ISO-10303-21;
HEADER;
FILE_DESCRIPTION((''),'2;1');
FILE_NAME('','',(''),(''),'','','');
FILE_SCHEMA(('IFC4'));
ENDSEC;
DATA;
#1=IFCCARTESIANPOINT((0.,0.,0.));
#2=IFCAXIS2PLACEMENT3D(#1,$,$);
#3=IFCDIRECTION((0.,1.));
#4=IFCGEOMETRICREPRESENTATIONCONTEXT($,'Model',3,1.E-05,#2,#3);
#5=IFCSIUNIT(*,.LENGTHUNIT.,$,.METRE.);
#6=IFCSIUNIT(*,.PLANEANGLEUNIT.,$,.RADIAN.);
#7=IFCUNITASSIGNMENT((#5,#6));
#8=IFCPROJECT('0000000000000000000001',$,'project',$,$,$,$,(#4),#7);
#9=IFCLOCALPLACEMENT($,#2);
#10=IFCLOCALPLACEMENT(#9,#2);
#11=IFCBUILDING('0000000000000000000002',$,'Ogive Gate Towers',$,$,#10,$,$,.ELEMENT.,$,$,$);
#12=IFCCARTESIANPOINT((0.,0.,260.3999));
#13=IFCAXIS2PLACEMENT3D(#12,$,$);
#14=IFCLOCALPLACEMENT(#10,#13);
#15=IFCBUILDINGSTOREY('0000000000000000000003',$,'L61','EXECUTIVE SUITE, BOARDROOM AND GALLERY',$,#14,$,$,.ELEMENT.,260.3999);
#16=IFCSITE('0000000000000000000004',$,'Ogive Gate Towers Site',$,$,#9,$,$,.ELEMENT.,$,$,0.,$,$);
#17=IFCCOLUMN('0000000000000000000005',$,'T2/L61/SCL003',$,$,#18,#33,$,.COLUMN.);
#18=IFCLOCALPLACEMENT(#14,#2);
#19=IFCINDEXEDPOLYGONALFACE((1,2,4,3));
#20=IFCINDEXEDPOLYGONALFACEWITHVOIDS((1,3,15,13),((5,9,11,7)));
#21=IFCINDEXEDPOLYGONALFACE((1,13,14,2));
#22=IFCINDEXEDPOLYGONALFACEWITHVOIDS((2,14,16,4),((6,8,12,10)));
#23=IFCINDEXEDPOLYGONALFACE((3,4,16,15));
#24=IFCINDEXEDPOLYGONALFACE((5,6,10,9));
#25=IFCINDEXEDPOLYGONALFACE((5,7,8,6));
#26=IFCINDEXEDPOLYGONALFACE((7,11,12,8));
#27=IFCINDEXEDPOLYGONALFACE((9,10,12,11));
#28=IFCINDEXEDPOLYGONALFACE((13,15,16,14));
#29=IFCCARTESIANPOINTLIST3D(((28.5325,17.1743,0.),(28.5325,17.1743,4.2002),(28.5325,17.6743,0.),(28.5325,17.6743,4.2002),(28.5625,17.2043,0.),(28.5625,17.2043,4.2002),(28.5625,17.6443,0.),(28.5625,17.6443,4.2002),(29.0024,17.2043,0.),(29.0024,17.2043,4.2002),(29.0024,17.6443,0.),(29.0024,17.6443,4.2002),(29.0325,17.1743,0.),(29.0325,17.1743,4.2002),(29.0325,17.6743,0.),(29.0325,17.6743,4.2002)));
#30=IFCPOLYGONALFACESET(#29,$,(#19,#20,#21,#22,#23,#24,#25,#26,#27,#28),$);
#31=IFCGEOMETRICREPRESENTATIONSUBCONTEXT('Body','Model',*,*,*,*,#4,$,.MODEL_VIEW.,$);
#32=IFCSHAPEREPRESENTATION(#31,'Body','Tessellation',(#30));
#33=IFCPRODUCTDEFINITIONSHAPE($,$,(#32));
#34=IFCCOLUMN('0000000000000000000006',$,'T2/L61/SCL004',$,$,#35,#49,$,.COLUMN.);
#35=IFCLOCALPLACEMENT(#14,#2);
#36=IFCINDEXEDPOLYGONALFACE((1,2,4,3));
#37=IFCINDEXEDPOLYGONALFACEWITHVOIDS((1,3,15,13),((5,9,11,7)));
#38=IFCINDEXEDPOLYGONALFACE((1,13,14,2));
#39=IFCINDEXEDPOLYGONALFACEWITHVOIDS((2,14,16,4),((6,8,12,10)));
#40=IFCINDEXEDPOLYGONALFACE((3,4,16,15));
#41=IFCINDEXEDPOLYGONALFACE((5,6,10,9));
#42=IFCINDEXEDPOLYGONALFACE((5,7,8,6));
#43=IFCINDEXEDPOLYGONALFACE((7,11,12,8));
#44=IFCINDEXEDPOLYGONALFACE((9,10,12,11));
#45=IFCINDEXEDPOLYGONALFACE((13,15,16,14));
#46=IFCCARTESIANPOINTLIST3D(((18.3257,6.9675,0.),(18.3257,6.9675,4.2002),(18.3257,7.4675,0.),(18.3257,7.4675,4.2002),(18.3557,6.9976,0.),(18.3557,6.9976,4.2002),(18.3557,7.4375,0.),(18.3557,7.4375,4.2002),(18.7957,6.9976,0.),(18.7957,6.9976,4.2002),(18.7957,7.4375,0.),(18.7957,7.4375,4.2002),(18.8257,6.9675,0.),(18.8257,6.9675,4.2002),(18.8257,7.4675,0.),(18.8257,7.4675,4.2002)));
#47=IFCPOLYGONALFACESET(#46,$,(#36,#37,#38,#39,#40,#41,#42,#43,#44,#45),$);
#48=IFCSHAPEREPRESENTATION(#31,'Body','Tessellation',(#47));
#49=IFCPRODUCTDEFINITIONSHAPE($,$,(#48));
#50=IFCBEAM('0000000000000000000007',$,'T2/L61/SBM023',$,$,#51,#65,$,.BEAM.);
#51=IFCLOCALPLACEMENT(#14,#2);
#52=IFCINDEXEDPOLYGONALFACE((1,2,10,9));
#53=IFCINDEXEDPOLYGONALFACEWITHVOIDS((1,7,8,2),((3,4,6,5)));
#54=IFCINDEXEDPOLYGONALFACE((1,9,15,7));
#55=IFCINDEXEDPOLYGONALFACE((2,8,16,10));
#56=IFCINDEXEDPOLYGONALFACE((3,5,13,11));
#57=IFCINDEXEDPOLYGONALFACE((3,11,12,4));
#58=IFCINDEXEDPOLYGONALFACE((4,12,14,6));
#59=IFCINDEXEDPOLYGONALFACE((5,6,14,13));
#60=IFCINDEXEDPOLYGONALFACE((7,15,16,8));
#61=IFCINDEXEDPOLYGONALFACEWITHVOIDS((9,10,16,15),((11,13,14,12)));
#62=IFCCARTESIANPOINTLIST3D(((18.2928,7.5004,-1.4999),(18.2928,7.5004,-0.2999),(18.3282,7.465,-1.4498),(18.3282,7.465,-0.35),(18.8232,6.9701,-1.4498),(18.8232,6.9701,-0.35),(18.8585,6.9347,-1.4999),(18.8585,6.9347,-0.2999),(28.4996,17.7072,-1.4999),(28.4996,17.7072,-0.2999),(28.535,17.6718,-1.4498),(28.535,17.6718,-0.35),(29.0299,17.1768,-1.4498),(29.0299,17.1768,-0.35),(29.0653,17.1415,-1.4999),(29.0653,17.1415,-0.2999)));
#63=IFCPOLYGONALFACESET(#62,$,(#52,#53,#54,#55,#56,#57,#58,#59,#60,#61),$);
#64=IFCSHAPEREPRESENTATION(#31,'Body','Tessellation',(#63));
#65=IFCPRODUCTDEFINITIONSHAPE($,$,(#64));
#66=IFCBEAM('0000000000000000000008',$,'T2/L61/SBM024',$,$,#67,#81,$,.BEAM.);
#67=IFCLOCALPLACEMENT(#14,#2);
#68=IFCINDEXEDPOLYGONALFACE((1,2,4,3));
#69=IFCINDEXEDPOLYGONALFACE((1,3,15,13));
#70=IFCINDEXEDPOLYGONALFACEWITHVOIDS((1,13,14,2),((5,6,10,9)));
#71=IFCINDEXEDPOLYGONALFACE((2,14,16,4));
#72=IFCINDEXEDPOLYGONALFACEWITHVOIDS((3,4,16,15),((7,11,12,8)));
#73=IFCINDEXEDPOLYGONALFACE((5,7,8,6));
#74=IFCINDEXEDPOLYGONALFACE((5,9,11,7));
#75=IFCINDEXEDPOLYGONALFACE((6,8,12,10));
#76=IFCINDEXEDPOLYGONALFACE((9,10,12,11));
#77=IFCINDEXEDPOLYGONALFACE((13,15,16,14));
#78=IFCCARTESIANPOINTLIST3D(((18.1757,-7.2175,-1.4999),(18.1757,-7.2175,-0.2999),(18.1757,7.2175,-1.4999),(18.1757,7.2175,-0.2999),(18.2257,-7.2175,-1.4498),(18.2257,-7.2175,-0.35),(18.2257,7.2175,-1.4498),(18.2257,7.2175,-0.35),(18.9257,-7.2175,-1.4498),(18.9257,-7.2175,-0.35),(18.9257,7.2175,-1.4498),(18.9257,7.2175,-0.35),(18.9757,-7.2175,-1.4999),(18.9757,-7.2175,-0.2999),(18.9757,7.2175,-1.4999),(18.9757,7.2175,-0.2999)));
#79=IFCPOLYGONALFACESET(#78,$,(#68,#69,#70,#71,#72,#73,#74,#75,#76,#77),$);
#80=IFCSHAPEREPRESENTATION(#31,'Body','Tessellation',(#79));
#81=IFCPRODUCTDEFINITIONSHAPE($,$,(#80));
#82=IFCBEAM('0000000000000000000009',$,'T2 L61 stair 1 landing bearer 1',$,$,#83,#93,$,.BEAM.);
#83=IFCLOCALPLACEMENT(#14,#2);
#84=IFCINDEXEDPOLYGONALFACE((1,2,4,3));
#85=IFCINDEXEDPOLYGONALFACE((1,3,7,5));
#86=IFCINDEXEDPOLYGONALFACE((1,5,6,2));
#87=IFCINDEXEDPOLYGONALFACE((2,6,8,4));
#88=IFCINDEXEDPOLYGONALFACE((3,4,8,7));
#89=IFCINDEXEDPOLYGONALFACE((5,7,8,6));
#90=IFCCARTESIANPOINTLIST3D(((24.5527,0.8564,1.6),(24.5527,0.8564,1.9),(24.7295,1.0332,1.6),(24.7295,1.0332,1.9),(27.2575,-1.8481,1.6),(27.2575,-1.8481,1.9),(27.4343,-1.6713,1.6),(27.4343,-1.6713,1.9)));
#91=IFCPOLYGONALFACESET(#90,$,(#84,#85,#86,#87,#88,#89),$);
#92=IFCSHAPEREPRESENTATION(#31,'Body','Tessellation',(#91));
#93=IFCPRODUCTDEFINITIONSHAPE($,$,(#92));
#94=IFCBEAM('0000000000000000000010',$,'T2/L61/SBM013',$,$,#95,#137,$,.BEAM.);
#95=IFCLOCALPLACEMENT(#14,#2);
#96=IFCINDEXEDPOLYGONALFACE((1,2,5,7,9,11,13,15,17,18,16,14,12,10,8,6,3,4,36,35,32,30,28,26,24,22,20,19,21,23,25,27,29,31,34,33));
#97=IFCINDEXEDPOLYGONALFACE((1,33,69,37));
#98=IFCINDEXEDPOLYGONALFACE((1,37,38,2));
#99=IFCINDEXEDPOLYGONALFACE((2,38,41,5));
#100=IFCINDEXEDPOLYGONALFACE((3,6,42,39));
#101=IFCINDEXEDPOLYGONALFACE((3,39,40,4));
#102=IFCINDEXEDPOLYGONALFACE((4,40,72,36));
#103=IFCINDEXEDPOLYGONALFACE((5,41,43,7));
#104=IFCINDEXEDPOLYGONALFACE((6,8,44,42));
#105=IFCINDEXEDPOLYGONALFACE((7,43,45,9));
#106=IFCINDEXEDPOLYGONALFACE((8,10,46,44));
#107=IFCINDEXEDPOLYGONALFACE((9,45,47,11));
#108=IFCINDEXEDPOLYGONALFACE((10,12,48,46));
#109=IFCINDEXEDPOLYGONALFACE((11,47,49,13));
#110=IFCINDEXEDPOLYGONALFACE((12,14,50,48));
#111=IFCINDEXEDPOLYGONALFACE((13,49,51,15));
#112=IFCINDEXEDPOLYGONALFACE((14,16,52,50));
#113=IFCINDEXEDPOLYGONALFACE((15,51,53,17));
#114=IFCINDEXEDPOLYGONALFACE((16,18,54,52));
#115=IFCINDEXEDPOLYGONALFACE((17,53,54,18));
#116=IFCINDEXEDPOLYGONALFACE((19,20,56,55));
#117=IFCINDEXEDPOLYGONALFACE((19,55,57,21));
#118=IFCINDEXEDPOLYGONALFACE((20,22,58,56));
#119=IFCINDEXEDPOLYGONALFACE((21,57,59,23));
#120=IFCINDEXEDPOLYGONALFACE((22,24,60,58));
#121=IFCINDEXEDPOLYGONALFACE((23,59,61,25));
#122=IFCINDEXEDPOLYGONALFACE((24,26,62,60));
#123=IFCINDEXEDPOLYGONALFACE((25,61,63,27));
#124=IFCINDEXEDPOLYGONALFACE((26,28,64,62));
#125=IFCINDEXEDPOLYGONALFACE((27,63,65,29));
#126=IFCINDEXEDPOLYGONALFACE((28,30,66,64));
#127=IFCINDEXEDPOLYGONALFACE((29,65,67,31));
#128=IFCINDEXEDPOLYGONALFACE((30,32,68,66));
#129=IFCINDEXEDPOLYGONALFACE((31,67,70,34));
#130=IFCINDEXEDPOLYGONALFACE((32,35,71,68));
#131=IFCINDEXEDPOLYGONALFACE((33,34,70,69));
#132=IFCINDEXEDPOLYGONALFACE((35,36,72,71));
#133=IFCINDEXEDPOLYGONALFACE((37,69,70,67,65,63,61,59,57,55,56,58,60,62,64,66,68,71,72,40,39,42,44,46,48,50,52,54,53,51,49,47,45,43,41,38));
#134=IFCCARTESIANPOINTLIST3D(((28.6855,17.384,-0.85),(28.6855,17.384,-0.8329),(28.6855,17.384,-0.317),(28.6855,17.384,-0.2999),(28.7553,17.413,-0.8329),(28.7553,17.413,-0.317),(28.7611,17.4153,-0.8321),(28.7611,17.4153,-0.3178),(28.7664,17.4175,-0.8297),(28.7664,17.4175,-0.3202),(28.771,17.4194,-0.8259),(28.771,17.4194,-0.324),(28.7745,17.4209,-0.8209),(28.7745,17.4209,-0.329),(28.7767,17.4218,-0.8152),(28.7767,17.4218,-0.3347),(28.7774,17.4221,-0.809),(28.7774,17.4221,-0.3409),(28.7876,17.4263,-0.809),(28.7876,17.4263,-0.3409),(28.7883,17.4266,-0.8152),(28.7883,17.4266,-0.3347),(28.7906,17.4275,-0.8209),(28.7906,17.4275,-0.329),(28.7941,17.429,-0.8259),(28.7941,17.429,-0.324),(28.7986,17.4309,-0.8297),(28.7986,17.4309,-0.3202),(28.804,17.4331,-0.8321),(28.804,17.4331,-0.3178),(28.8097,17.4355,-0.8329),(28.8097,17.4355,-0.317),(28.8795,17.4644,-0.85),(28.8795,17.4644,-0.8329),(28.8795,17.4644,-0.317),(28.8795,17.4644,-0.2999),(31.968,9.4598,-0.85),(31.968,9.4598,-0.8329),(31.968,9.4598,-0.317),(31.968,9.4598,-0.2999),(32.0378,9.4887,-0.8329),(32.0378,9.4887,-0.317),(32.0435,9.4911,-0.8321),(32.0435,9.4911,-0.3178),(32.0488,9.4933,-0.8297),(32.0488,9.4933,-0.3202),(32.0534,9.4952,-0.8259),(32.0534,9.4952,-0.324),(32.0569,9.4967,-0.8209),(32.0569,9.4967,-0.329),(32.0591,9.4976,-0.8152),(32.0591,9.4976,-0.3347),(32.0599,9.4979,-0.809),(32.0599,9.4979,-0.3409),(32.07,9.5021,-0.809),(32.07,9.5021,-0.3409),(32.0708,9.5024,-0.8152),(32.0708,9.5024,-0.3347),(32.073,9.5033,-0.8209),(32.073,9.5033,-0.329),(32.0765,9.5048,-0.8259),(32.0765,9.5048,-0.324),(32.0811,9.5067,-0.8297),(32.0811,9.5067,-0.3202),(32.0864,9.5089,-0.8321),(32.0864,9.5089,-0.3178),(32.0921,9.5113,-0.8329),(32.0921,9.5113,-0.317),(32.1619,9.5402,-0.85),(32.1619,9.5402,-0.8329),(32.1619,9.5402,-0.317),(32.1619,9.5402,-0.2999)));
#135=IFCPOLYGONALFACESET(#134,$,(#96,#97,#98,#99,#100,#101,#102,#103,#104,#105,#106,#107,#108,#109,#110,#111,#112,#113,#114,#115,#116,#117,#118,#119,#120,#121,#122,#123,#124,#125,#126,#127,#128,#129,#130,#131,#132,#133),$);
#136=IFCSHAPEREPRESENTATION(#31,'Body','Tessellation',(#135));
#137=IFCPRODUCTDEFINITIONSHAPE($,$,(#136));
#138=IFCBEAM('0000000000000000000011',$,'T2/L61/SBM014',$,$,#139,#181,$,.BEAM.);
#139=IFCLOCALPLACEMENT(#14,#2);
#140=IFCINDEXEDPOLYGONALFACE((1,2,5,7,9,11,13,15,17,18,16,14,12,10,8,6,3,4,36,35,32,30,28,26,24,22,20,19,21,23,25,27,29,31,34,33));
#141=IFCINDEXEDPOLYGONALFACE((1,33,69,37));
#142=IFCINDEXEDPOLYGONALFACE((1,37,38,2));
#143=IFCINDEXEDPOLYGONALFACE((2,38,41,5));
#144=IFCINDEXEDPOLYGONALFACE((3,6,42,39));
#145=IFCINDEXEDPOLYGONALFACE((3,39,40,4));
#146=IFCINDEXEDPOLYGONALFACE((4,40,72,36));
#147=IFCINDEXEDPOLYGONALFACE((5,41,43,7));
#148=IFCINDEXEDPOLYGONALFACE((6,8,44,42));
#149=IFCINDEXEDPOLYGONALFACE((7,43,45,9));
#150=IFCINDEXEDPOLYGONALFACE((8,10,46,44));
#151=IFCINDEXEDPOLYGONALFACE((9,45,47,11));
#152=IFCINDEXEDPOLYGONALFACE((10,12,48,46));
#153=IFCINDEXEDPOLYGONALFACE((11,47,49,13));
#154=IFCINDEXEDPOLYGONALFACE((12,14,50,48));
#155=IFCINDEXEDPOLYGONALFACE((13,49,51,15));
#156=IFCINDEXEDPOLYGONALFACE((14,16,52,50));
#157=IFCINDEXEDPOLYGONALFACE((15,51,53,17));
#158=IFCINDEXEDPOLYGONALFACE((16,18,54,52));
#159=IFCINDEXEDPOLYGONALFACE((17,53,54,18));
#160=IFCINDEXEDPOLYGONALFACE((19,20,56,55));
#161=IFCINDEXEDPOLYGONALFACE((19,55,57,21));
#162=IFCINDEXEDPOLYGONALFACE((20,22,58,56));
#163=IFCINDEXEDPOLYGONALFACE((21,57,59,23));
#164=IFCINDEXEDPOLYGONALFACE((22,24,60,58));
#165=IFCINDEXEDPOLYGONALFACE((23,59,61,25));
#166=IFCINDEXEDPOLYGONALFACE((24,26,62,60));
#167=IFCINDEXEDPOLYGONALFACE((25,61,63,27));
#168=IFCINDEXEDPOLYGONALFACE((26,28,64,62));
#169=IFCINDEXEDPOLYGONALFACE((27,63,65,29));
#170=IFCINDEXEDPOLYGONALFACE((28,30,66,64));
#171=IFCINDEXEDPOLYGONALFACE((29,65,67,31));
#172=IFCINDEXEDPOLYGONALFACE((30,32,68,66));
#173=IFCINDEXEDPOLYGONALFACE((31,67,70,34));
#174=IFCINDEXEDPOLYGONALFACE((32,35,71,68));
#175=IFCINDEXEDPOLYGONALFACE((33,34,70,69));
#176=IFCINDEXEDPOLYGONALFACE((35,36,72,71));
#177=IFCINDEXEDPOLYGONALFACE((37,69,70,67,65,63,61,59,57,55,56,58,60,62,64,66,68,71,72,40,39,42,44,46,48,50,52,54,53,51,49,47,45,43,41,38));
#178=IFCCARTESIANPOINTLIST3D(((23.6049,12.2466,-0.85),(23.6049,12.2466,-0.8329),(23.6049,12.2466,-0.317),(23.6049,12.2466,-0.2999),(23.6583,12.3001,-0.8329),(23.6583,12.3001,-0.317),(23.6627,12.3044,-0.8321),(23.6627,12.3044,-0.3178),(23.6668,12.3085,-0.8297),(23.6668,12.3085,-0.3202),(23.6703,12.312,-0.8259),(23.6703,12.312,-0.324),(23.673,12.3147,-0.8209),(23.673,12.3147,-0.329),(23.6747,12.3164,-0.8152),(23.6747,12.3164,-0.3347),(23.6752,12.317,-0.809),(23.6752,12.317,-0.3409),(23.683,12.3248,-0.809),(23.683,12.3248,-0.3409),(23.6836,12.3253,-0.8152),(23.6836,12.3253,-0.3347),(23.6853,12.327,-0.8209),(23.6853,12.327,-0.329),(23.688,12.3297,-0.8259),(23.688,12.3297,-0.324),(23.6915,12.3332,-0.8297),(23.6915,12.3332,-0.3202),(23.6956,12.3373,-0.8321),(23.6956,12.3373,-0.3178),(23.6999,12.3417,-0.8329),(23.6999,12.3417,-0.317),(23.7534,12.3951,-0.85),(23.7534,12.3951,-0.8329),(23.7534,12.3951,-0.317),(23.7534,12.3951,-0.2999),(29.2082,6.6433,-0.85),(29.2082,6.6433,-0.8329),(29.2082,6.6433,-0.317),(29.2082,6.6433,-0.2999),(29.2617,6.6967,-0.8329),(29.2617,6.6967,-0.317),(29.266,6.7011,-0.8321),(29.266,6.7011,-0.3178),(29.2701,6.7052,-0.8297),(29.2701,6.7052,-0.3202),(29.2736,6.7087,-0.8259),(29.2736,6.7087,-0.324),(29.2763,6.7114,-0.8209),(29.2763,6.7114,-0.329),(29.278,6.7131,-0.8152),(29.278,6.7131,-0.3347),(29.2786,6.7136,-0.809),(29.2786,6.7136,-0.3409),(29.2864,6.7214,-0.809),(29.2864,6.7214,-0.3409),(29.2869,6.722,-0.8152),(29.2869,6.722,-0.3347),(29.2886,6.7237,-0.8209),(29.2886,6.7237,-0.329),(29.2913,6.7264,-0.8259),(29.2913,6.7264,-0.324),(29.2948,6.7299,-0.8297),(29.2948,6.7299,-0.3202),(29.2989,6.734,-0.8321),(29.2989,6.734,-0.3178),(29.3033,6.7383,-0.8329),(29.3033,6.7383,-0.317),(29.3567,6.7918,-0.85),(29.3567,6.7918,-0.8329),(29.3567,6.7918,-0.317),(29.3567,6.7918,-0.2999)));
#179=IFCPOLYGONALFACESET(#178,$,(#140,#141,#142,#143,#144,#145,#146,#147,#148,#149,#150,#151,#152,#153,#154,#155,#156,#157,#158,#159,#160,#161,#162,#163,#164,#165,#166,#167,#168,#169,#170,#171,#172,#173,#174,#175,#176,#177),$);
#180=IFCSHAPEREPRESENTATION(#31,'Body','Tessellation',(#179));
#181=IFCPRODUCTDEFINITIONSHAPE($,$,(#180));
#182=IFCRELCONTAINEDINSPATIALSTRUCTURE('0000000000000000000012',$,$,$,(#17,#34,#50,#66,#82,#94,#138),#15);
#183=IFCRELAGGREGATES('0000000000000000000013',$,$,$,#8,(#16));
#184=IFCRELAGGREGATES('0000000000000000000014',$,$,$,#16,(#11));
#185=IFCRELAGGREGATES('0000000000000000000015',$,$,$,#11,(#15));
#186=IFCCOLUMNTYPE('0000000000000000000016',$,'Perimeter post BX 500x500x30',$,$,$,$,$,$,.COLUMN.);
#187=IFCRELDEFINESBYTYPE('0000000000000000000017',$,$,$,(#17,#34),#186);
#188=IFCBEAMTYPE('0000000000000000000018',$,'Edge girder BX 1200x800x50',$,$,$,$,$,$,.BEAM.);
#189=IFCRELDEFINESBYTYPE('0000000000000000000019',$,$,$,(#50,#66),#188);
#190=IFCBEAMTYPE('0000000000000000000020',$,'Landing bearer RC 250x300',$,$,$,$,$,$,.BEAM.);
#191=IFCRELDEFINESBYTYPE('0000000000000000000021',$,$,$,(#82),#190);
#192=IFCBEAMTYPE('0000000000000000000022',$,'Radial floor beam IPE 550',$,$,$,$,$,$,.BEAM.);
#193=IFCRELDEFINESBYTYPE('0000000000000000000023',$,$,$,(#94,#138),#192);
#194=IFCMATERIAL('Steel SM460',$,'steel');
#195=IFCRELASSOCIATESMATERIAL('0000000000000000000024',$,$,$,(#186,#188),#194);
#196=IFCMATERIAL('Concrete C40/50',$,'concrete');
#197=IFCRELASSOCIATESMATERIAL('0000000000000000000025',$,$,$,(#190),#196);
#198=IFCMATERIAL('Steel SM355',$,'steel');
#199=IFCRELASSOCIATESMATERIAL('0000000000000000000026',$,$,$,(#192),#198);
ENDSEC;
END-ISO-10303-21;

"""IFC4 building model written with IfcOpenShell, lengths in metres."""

from ifc_helpers import new_model, si_unit, direction, frame, origin, origin_2d, place, context, subcontext, project, spatial, rectangle, hollow_rectangle, i_section, extrude, material, material_profile, profile_set, type_object, element, save


model = new_model("IFC4")

# Units and contexts
model_context = context("Model", 3, precision=1e-05, world=origin(), true_north=direction((0.0, 1.0)))
body_context = subcontext(model_context, "Body", "Model", "MODEL_VIEW")
ifc_project = project(units=[si_unit("LENGTHUNIT", "METRE"), si_unit("PLANEANGLEUNIT", "RADIAN")], contexts=[model_context])

# Site, building, storey
site_placement = place(None, origin())
site = spatial("IfcSite", under=ifc_project, at=site_placement, Name="Ogive Gate Towers Site", CompositionType="ELEMENT", RefElevation=0.0)
building_placement = place(site_placement, origin())
building = spatial("IfcBuilding", under=site, at=building_placement, Name="Ogive Gate Towers", CompositionType="ELEMENT")
storey_placement = place(building_placement, frame((0.0, 0.0, 260.3999)))
storey = spatial("IfcBuildingStorey", under=building, at=storey_placement, Name="L61", Description="EXECUTIVE SUITE, BOARDROOM AND GALLERY", CompositionType="ELEMENT", Elevation=260.3999)

# Columns
ifc_material_1 = material(Name="Steel SM460", Category="steel")
ifc_material_profile_1 = material_profile(ifc_material_1, hollow_rectangle(XDim=0.5, YDim=0.5, WallThickness=0.03, at=origin_2d()), Name="BX 500x500x30")
ifc_profile_set_1 = profile_set([ifc_material_profile_1], Name="Steel SM460")
column_type = type_object("IfcColumnType", Name="Perimeter post BX 500x500x30", PredefinedType="COLUMN", material=ifc_profile_set_1)
for number, where, z_axis, x_axis, name in (
    (1, (28.7825, 17.4243, 0.0), (0.0, 0.0, 1.0), (1.0, 0.0, 0.0), "T2/L61/SCL003"),
    (2, (18.5757, 7.2175, 0.0), (0.0, 0.0, 1.0), (1.0, 0.0, 0.0), "T2/L61/SCL004"),
):
    element("IfcColumn", number, at=place(storey_placement, frame(where, z_axis=z_axis, x_axis=x_axis)), inside=storey, type_object=column_type, Name=name, PredefinedType="COLUMN", context=body_context, shape_type="SweptSolid", body=[
        extrude(hollow_rectangle(XDim=0.5, YDim=0.5, WallThickness=0.03, at=origin_2d()), origin(), (0.0, 0.0, 1.0), 4.2002),
    ])

# Beams
ifc_material_profile_2 = material_profile(ifc_material_1, hollow_rectangle(XDim=0.8, YDim=1.2, WallThickness=0.05, at=origin_2d()), Name="BX 1200x800x50")
ifc_profile_set_2 = profile_set([ifc_material_profile_2], Name="Steel SM460")
beam_type_1 = type_object("IfcBeamType", Name="Edge girder BX 1200x800x50", PredefinedType="BEAM", material=ifc_profile_set_2)
beam_1_placement = place(storey_placement, frame((28.7825, 17.4243, -0.8999), z_axis=(-0.707107, -0.707107, 0.0), x_axis=(0.707107, -0.707107, 0.0)))
element("IfcBeam", 3, at=beam_1_placement, inside=storey, type_object=beam_type_1, Name="T2/L61/SBM023", PredefinedType="BEAM", context=body_context, shape_type="SweptSolid", body=[
    extrude(hollow_rectangle(XDim=0.8, YDim=1.2, WallThickness=0.05, at=origin_2d()), origin(), (0.0, 0.0, 1.0), 14.4346),
])
beam_2_placement = place(storey_placement, frame((18.5757, 7.2175, -0.8999), z_axis=(0.0, -1.0, 0.0), x_axis=(1.0, 0.0, 0.0)))
element("IfcBeam", 4, at=beam_2_placement, inside=storey, type_object=beam_type_1, Name="T2/L61/SBM024", PredefinedType="BEAM", context=body_context, shape_type="SweptSolid", body=[
    extrude(hollow_rectangle(XDim=0.8, YDim=1.2, WallThickness=0.05, at=origin_2d()), origin(), (0.0, 0.0, 1.0), 14.4351),
])
ifc_material_2 = material(Name="Concrete C40/50", Category="concrete")
ifc_material_profile_3 = material_profile(ifc_material_2, rectangle(XDim=0.25, YDim=0.3, at=origin_2d()), Name="RC 250x300")
ifc_profile_set_3 = profile_set([ifc_material_profile_3], Name="Concrete C40/50")
beam_type_2 = type_object("IfcBeamType", Name="Landing bearer RC 250x300", PredefinedType="BEAM", material=ifc_profile_set_3)
beam_3_placement = place(storey_placement, frame((24.6411, 0.9448, 1.75), z_axis=(0.707139, -0.707075, 0.0), x_axis=(0.707075, 0.707139, 0.0)))
element("IfcBeam", 5, at=beam_3_placement, inside=storey, type_object=beam_type_2, Name="T2 L61 stair 1 landing bearer 1", PredefinedType="BEAM", context=body_context, shape_type="SweptSolid", body=[
    extrude(rectangle(XDim=0.25, YDim=0.3, at=origin_2d()), origin(), (0.0, 0.0, 1.0), 3.825),
])
ifc_material_3 = material(Name="Steel SM355", Category="steel")
ifc_material_profile_4 = material_profile(ifc_material_3, i_section(OverallWidth=0.21, OverallDepth=0.55, WebThickness=0.011, FlangeThickness=0.0171, FilletRadius=0.0239, at=origin_2d()), Name="IPE 550")
ifc_profile_set_4 = profile_set([ifc_material_profile_4], Name="Steel SM355")
beam_type_3 = type_object("IfcBeamType", Name="Radial floor beam IPE 550", PredefinedType="BEAM", material=ifc_profile_set_4)
beam_4_placement = place(storey_placement, frame((32.0649, 9.5, -0.575), z_axis=(-0.382695, 0.923875, 0.0), x_axis=(-0.923875, -0.382695, 0.0)))
element("IfcBeam", 6, at=beam_4_placement, inside=storey, type_object=beam_type_3, Name="T2/L61/SBM013", PredefinedType="BEAM", context=body_context, shape_type="SweptSolid", body=[
    extrude(i_section(OverallWidth=0.21, OverallDepth=0.55, WebThickness=0.011, FlangeThickness=0.0171, FilletRadius=0.0239, at=origin_2d()), origin(), (0.0, 0.0, 1.0), 8.5771),
])
beam_5_placement = place(storey_placement, frame((29.2825, 6.7175, -0.575), z_axis=(-0.707107, 0.707107, 0.0), x_axis=(-0.707107, -0.707107, 0.0)))
element("IfcBeam", 7, at=beam_5_placement, inside=storey, type_object=beam_type_3, Name="T2/L61/SBM014", PredefinedType="BEAM", context=body_context, shape_type="SweptSolid", body=[
    extrude(i_section(OverallWidth=0.21, OverallDepth=0.55, WebThickness=0.011, FlangeThickness=0.0171, FilletRadius=0.0239, at=origin_2d()), origin(), (0.0, 0.0, 1.0), 7.9243),
])

save(model, "model.ifc")
